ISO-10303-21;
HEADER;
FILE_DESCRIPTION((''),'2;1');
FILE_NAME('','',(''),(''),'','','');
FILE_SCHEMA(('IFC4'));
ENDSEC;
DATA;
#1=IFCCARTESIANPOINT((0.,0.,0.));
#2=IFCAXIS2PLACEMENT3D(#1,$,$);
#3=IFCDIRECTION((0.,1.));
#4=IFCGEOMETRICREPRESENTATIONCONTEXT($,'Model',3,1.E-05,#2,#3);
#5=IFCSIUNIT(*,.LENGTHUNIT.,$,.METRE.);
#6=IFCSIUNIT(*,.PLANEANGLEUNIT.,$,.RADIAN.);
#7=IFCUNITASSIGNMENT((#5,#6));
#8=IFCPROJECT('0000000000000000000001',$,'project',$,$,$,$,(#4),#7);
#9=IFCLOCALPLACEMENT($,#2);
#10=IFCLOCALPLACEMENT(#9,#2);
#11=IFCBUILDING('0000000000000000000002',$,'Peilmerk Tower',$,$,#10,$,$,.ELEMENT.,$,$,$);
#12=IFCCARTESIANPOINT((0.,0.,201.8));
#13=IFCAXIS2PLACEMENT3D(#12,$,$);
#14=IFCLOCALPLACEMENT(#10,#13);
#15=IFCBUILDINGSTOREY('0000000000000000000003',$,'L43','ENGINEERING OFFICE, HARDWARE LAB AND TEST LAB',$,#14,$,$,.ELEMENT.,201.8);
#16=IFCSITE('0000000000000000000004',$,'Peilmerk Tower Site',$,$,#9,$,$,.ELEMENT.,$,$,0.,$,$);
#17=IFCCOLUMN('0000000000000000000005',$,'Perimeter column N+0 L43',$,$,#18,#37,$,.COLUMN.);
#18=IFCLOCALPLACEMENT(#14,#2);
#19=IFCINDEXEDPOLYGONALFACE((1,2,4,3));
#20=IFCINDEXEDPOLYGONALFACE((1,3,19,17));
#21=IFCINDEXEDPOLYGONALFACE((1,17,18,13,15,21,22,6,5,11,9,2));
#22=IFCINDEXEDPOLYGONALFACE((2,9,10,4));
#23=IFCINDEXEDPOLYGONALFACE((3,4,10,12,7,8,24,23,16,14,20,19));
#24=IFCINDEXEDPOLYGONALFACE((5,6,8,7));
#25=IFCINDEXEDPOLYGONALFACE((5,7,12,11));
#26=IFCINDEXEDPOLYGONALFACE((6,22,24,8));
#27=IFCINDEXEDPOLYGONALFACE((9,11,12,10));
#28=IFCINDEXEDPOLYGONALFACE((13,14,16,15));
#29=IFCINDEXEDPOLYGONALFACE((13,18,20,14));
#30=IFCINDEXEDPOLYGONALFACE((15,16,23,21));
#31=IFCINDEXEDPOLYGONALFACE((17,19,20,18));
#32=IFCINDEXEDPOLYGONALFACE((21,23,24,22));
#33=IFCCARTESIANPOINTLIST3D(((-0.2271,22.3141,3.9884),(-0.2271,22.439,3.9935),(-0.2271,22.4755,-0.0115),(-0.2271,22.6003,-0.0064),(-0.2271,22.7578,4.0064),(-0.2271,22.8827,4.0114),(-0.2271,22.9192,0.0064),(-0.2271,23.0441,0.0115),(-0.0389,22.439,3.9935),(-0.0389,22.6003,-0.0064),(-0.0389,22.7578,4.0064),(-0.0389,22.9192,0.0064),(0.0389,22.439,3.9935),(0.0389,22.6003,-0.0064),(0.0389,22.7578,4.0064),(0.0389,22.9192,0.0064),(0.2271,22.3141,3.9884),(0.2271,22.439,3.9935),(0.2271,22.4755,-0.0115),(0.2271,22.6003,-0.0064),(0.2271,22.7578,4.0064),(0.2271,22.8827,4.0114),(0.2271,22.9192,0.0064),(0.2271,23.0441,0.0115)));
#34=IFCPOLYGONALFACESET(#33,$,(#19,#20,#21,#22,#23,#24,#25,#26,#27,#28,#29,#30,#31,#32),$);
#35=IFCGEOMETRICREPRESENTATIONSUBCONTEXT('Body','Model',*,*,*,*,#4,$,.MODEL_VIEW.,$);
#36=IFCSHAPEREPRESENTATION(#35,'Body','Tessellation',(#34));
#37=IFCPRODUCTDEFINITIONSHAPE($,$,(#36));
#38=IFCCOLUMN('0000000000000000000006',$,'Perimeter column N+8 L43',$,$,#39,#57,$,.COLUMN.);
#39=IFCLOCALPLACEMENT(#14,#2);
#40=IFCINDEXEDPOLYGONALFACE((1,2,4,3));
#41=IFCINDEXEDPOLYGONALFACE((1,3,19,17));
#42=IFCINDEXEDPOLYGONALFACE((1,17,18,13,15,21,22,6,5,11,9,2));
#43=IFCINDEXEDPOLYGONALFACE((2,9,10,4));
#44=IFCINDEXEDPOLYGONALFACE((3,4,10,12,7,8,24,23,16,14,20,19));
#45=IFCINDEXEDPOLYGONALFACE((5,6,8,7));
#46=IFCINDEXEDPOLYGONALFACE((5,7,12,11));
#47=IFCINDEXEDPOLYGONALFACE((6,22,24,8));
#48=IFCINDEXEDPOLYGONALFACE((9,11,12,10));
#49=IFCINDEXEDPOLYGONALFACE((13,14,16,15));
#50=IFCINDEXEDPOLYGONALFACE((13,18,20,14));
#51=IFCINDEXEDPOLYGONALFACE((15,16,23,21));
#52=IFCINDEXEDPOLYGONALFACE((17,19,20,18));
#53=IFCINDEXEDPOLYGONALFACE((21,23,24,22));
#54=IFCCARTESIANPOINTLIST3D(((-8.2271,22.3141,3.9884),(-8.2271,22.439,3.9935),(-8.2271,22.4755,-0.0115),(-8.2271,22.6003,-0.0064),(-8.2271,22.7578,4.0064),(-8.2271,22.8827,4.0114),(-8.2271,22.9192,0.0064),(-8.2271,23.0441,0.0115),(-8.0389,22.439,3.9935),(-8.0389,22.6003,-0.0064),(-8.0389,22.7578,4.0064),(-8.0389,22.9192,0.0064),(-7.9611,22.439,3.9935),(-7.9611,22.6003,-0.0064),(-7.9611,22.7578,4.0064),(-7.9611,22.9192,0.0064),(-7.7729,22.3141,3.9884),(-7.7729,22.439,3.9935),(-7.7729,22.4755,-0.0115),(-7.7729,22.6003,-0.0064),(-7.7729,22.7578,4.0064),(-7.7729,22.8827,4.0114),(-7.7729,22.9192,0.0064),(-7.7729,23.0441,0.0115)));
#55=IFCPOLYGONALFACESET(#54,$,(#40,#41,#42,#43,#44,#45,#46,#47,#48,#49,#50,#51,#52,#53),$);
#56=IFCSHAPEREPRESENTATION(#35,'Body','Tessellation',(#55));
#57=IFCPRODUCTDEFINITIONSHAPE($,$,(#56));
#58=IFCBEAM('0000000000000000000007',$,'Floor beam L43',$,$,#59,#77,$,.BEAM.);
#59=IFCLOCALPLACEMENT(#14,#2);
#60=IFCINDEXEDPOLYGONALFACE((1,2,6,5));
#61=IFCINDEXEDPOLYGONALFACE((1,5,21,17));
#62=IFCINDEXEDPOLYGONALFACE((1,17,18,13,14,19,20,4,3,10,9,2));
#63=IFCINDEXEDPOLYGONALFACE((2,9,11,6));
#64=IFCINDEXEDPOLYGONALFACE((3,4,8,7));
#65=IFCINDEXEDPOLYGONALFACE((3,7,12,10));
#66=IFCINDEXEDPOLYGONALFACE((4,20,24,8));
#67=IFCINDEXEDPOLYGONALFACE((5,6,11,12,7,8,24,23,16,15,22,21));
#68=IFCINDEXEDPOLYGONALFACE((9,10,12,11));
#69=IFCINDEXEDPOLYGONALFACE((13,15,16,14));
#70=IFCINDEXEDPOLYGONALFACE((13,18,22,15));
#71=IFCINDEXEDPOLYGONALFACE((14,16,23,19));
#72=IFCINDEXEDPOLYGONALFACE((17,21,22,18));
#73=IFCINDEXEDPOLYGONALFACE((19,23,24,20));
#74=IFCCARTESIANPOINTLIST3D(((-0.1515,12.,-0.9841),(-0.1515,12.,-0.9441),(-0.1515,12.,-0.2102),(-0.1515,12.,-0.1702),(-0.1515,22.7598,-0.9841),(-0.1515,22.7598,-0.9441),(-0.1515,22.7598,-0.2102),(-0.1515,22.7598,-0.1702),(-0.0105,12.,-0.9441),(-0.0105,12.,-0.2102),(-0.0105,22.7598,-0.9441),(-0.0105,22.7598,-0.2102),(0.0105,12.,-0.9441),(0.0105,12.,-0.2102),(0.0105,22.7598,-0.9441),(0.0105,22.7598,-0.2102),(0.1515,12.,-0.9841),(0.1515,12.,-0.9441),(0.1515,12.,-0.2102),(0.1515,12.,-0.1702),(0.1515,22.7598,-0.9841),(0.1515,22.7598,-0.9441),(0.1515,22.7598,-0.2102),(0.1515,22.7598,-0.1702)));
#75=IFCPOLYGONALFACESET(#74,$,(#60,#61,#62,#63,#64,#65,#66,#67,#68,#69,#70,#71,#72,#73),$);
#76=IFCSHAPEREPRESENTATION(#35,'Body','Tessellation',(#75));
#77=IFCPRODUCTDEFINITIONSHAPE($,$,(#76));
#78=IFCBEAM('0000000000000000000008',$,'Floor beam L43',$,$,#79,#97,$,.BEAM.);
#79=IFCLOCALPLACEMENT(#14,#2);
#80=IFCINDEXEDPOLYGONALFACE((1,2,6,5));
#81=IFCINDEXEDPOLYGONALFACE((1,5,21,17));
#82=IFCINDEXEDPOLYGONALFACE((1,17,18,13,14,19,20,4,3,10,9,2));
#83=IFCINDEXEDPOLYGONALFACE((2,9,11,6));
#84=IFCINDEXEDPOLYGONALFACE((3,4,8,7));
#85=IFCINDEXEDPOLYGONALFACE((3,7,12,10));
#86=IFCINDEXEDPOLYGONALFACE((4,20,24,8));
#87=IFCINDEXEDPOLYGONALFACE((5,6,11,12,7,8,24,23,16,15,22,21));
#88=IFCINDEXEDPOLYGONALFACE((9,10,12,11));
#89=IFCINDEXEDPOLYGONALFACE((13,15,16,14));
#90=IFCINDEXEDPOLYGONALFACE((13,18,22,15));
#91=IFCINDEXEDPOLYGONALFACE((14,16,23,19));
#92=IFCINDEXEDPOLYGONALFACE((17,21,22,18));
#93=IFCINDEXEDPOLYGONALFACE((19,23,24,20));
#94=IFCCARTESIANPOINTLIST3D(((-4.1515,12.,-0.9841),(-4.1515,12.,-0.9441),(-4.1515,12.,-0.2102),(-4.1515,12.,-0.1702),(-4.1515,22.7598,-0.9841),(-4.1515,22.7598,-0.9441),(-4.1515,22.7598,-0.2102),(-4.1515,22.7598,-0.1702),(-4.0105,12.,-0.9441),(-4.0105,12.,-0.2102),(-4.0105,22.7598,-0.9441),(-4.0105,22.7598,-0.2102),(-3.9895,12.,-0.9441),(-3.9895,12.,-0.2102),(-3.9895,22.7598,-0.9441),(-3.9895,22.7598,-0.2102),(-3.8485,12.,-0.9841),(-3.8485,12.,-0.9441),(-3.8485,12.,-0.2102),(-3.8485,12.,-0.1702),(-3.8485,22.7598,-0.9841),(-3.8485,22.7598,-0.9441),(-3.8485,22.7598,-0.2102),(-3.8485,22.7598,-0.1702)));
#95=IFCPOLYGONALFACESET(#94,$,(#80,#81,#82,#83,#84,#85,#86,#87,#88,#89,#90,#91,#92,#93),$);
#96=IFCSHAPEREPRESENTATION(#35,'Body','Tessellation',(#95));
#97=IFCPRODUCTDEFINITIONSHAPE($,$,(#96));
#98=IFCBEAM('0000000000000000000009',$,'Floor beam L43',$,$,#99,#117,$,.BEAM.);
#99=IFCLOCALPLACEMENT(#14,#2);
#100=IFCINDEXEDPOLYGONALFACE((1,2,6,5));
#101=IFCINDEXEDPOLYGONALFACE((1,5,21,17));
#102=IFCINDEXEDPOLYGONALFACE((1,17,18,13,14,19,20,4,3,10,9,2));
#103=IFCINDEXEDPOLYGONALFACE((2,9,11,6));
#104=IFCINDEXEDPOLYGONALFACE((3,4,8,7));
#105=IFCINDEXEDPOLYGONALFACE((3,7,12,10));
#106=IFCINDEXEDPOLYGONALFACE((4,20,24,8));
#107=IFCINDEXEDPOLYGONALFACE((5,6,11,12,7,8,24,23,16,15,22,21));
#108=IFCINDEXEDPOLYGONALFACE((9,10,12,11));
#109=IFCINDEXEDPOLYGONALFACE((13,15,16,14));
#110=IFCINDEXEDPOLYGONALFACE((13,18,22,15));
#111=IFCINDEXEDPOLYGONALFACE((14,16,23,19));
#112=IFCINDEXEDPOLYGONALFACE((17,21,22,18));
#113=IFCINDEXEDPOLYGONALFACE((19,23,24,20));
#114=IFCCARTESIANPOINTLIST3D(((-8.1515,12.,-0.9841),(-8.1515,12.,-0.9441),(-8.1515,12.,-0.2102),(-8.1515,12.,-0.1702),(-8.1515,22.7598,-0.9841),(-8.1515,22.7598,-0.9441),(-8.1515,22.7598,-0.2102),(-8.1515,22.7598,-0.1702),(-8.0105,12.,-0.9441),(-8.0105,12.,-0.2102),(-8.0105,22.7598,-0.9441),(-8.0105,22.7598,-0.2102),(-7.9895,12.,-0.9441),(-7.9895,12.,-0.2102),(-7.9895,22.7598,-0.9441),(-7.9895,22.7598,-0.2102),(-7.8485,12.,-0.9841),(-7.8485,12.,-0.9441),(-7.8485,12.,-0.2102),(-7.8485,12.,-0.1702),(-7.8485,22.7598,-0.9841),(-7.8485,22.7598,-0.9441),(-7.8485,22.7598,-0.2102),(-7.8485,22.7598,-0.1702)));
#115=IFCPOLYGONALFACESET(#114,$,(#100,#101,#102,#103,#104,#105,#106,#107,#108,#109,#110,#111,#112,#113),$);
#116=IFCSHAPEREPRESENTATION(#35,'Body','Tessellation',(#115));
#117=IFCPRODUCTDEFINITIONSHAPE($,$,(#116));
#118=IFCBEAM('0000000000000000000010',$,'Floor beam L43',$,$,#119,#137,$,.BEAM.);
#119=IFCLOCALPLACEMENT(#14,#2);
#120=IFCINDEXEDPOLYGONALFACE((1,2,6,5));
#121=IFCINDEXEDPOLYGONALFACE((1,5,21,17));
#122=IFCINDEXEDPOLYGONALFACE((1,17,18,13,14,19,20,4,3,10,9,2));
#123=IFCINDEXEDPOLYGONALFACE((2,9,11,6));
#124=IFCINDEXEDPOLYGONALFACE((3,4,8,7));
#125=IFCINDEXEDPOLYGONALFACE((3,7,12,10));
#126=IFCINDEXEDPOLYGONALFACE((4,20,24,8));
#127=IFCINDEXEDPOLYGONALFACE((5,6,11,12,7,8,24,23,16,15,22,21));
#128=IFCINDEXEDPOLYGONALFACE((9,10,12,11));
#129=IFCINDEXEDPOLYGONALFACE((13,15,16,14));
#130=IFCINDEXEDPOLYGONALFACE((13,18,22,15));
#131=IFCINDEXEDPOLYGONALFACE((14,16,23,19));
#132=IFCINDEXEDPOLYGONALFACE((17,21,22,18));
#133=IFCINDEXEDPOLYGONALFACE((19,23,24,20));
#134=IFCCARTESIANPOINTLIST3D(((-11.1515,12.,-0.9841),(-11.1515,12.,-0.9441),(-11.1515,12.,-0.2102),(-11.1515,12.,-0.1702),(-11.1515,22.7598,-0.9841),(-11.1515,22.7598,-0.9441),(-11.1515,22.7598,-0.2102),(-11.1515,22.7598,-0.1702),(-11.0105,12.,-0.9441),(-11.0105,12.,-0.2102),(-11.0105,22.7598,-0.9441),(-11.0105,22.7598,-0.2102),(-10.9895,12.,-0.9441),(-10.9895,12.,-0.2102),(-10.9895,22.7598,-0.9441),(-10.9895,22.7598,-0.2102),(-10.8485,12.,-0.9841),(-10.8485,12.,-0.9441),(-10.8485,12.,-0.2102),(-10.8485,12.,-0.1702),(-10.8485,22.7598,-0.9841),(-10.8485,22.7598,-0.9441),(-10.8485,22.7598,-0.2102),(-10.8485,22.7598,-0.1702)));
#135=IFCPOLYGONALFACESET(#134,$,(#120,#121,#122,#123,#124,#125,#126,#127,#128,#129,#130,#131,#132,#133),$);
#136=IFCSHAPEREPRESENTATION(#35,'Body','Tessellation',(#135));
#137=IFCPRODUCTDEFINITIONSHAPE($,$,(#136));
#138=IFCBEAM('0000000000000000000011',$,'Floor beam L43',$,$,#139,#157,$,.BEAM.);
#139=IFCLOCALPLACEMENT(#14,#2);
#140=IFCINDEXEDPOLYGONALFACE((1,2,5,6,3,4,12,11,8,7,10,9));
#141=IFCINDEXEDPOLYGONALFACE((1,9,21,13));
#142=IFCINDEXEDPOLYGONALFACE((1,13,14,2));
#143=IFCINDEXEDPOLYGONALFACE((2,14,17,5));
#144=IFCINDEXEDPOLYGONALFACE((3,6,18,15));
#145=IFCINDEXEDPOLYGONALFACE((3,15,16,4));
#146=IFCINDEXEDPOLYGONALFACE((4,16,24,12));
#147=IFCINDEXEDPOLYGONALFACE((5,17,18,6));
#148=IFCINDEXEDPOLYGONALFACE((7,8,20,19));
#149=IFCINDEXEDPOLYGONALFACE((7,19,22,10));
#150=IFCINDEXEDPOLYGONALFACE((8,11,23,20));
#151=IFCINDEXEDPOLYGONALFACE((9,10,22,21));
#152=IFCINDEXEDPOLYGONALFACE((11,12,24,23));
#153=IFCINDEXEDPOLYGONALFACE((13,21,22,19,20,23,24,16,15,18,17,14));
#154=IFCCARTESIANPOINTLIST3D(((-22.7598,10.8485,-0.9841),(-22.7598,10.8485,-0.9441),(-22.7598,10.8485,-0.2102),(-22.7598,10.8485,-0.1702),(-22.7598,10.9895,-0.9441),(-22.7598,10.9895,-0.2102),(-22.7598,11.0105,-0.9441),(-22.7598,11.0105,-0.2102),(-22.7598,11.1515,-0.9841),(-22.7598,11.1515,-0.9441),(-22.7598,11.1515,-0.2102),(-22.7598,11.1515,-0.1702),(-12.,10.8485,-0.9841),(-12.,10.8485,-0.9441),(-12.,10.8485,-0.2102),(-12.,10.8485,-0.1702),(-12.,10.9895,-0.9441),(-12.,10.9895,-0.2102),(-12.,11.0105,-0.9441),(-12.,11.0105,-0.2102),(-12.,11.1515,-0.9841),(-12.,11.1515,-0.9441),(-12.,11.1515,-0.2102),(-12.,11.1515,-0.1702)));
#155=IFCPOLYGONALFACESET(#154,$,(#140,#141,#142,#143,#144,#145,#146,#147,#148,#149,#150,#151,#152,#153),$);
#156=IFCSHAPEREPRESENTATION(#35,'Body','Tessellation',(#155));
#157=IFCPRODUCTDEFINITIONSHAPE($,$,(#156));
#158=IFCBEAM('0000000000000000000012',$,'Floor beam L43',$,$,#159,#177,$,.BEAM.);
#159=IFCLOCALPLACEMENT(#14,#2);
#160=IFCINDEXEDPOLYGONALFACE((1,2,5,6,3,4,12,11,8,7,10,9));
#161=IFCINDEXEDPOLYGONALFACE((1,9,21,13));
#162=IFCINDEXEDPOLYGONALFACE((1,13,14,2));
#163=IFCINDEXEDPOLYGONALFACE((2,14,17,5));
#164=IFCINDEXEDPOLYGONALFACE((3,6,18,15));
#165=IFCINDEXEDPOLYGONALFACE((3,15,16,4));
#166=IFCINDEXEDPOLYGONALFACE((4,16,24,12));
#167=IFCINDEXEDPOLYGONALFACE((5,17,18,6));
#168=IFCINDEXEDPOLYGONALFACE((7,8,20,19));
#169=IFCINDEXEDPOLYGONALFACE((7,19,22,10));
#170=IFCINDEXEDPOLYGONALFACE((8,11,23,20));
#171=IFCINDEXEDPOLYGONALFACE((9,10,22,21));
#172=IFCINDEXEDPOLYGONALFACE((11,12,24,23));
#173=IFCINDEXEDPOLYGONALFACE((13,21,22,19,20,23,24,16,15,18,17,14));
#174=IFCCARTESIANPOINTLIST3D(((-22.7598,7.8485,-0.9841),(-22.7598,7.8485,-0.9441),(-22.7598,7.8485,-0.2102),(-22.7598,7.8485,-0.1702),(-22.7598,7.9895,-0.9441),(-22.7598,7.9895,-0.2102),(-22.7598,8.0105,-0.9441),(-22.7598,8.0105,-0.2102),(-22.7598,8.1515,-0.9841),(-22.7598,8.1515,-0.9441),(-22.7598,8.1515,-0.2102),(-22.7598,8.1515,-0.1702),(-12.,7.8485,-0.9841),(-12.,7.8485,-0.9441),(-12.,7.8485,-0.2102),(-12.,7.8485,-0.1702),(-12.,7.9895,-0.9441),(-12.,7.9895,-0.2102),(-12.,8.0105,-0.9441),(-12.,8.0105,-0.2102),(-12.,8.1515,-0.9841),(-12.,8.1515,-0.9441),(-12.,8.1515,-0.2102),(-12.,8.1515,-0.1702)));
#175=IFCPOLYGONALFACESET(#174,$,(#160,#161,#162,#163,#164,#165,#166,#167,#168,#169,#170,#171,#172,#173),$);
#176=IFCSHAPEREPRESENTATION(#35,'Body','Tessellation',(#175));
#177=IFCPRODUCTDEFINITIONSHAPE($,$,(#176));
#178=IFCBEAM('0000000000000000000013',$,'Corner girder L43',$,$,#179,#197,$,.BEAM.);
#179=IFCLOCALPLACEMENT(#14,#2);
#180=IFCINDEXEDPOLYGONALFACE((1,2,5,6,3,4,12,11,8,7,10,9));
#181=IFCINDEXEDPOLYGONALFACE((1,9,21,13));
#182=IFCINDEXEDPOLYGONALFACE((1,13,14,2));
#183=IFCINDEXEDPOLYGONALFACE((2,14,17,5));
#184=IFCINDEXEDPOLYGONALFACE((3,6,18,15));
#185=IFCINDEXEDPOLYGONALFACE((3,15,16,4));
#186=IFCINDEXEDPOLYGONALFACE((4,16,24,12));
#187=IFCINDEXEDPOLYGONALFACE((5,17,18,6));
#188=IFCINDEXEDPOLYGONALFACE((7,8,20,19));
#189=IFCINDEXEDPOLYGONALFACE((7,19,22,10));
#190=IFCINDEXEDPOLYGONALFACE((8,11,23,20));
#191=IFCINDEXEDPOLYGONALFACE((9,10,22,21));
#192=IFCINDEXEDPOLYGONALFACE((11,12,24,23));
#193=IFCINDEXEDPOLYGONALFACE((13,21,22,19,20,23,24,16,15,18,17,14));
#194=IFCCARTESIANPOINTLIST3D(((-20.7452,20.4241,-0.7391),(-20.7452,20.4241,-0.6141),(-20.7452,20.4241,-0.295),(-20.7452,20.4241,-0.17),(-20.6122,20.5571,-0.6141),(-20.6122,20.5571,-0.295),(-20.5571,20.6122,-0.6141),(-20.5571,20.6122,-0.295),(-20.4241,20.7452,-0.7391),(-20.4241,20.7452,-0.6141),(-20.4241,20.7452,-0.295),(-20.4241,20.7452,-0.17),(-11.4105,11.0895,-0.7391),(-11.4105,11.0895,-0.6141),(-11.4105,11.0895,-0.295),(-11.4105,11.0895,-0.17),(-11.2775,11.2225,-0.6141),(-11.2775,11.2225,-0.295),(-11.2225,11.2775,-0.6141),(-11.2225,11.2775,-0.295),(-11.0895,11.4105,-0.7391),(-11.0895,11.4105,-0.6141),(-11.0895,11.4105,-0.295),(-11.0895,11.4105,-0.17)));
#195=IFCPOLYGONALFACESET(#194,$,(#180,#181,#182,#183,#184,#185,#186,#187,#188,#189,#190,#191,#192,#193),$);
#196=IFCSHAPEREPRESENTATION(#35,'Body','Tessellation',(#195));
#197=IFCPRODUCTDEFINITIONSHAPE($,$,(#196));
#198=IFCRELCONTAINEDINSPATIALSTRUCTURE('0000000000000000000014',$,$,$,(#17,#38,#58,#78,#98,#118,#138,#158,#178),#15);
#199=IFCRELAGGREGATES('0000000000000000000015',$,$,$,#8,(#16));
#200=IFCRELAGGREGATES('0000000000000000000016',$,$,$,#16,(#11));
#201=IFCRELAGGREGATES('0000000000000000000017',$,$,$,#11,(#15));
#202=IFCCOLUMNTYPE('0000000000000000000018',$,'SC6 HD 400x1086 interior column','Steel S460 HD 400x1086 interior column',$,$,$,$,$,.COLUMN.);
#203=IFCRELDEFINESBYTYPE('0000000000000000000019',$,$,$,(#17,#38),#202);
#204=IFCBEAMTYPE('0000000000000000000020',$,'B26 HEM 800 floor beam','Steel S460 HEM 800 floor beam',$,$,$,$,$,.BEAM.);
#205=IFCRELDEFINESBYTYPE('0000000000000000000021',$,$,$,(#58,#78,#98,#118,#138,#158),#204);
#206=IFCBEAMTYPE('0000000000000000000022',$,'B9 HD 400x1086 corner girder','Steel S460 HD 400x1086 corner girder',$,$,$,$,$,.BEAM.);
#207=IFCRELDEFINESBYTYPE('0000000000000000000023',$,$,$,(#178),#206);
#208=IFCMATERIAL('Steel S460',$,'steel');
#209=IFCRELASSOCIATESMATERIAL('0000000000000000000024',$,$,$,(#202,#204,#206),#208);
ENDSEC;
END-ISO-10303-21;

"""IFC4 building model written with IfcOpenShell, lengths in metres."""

from ifc_helpers import new_model, si_unit, direction, frame, origin, origin_2d, place, context, subcontext, project, spatial, i_section, extrude, material, material_profile, profile_set, type_object, element, save


model = new_model("IFC4")

# Units and contexts
model_context = context("Model", 3, precision=1e-05, world=origin(), true_north=direction((0.0, 1.0)))
body_context = subcontext(model_context, "Body", "Model", "MODEL_VIEW")
ifc_project = project(units=[si_unit("LENGTHUNIT", "METRE"), si_unit("PLANEANGLEUNIT", "RADIAN")], contexts=[model_context])

# Site, building, storey
site_placement = place(None, origin())
site = spatial("IfcSite", under=ifc_project, at=site_placement, Name="Peilmerk Tower Site", CompositionType="ELEMENT", RefElevation=0.0)
building_placement = place(site_placement, origin())
building = spatial("IfcBuilding", under=site, at=building_placement, Name="Peilmerk Tower", CompositionType="ELEMENT")
storey_placement = place(building_placement, frame((0.0, 0.0, 201.8)))
storey = spatial("IfcBuildingStorey", under=building, at=storey_placement, Name="L43", Description="ENGINEERING OFFICE, HARDWARE LAB AND TEST LAB", CompositionType="ELEMENT", Elevation=201.8)

# Columns
ifc_material_1 = material(Name="Steel S460", Category="steel")
ifc_material_profile_1 = material_profile(ifc_material_1, i_section(OverallWidth=0.4541, OverallDepth=0.5691, WebThickness=0.0779, FlangeThickness=0.125, at=origin_2d()), Name="HD 400x1086")
ifc_profile_set_1 = profile_set([ifc_material_profile_1], Name="Steel S460")
column_type = type_object("IfcColumnType", Name="SC6 HD 400x1086 interior column", Description="Steel S460 HD 400x1086 interior column", PredefinedType="COLUMN", material=ifc_profile_set_1)
for number, where, z_axis, x_axis, name in (
    (1, (0.0, 22.7598, 0.0), (0.0, -0.040311, 0.999187), (1.0, 0.0, 0.0), "Perimeter column N+0 L43"),
    (2, (-8.0, 22.7598, 0.0), (0.0, -0.040311, 0.999187), (1.0, 0.0, 0.0), "Perimeter column N+8 L43"),
):
    element("IfcColumn", number, at=place(storey_placement, frame(where, z_axis=z_axis, x_axis=x_axis)), inside=storey, type_object=column_type, Name=name, PredefinedType="COLUMN", context=body_context, shape_type="SweptSolid", body=[
        extrude(i_section(OverallWidth=0.4541, OverallDepth=0.5691, WebThickness=0.0779, FlangeThickness=0.125, at=origin_2d()), origin(), (0.0, 0.0, 1.0), 4.0032),
    ])

# Beams
ifc_material_profile_2 = material_profile(ifc_material_1, i_section(OverallWidth=0.303, OverallDepth=0.814, WebThickness=0.021, FlangeThickness=0.04, at=origin_2d()), Name="HEM 800")
ifc_profile_set_2 = profile_set([ifc_material_profile_2], Name="Steel S460")
beam_type_1 = type_object("IfcBeamType", Name="B26 HEM 800 floor beam", Description="Steel S460 HEM 800 floor beam", PredefinedType="BEAM", material=ifc_profile_set_2)
for number, where, z_axis, x_axis, name in (
    (3, (0.0, 12.0, -0.5771), (0.0, 1.0, 0.0), (-1.0, 0.0, 0.0), "Floor beam L43"),
    (4, (-4.0, 12.0, -0.5771), (0.0, 1.0, 0.0), (-1.0, 0.0, 0.0), "Floor beam L43"),
    (5, (-8.0, 12.0, -0.5771), (0.0, 1.0, 0.0), (-1.0, 0.0, 0.0), "Floor beam L43"),
    (6, (-11.0, 12.0, -0.5771), (0.0, 1.0, 0.0), (-1.0, 0.0, 0.0), "Floor beam L43"),
    (7, (-12.0, 11.0, -0.5771), (-1.0, 0.0, 0.0), (0.0, -1.0, 0.0), "Floor beam L43"),
    (8, (-12.0, 8.0, -0.5771), (-1.0, 0.0, 0.0), (0.0, -1.0, 0.0), "Floor beam L43"),
):
    element("IfcBeam", number, at=place(storey_placement, frame(where, z_axis=z_axis, x_axis=x_axis)), inside=storey, type_object=beam_type_1, Name=name, PredefinedType="BEAM", context=body_context, shape_type="SweptSolid", body=[
        extrude(i_section(OverallWidth=0.303, OverallDepth=0.814, WebThickness=0.021, FlangeThickness=0.04, at=origin_2d()), origin(), (0.0, 0.0, 1.0), 10.7598),
    ])
ifc_material_profile_3 = material_profile(ifc_material_1, i_section(OverallWidth=0.4541, OverallDepth=0.5691, WebThickness=0.0779, FlangeThickness=0.125, at=origin_2d()), Name="HD 400x1086")
ifc_profile_set_3 = profile_set([ifc_material_profile_3], Name="Steel S460")
beam_type_2 = type_object("IfcBeamType", Name="B9 HD 400x1086 corner girder", Description="Steel S460 HD 400x1086 corner girder", PredefinedType="BEAM", material=ifc_profile_set_3)
beam_placement = place(storey_placement, frame((-11.25, 11.25, -0.4546), z_axis=(-0.707107, 0.707107, 0.0), x_axis=(-0.707107, -0.707107, 0.0)))
element("IfcBeam", 9, at=beam_placement, inside=storey, type_object=beam_type_2, Name="Corner girder L43", PredefinedType="BEAM", context=body_context, shape_type="SweptSolid", body=[
    extrude(i_section(OverallWidth=0.4541, OverallDepth=0.5691, WebThickness=0.0779, FlangeThickness=0.125, at=origin_2d()), origin(), (0.0, 0.0, 1.0), 13.2012),
])

save(model, "model.ifc")
